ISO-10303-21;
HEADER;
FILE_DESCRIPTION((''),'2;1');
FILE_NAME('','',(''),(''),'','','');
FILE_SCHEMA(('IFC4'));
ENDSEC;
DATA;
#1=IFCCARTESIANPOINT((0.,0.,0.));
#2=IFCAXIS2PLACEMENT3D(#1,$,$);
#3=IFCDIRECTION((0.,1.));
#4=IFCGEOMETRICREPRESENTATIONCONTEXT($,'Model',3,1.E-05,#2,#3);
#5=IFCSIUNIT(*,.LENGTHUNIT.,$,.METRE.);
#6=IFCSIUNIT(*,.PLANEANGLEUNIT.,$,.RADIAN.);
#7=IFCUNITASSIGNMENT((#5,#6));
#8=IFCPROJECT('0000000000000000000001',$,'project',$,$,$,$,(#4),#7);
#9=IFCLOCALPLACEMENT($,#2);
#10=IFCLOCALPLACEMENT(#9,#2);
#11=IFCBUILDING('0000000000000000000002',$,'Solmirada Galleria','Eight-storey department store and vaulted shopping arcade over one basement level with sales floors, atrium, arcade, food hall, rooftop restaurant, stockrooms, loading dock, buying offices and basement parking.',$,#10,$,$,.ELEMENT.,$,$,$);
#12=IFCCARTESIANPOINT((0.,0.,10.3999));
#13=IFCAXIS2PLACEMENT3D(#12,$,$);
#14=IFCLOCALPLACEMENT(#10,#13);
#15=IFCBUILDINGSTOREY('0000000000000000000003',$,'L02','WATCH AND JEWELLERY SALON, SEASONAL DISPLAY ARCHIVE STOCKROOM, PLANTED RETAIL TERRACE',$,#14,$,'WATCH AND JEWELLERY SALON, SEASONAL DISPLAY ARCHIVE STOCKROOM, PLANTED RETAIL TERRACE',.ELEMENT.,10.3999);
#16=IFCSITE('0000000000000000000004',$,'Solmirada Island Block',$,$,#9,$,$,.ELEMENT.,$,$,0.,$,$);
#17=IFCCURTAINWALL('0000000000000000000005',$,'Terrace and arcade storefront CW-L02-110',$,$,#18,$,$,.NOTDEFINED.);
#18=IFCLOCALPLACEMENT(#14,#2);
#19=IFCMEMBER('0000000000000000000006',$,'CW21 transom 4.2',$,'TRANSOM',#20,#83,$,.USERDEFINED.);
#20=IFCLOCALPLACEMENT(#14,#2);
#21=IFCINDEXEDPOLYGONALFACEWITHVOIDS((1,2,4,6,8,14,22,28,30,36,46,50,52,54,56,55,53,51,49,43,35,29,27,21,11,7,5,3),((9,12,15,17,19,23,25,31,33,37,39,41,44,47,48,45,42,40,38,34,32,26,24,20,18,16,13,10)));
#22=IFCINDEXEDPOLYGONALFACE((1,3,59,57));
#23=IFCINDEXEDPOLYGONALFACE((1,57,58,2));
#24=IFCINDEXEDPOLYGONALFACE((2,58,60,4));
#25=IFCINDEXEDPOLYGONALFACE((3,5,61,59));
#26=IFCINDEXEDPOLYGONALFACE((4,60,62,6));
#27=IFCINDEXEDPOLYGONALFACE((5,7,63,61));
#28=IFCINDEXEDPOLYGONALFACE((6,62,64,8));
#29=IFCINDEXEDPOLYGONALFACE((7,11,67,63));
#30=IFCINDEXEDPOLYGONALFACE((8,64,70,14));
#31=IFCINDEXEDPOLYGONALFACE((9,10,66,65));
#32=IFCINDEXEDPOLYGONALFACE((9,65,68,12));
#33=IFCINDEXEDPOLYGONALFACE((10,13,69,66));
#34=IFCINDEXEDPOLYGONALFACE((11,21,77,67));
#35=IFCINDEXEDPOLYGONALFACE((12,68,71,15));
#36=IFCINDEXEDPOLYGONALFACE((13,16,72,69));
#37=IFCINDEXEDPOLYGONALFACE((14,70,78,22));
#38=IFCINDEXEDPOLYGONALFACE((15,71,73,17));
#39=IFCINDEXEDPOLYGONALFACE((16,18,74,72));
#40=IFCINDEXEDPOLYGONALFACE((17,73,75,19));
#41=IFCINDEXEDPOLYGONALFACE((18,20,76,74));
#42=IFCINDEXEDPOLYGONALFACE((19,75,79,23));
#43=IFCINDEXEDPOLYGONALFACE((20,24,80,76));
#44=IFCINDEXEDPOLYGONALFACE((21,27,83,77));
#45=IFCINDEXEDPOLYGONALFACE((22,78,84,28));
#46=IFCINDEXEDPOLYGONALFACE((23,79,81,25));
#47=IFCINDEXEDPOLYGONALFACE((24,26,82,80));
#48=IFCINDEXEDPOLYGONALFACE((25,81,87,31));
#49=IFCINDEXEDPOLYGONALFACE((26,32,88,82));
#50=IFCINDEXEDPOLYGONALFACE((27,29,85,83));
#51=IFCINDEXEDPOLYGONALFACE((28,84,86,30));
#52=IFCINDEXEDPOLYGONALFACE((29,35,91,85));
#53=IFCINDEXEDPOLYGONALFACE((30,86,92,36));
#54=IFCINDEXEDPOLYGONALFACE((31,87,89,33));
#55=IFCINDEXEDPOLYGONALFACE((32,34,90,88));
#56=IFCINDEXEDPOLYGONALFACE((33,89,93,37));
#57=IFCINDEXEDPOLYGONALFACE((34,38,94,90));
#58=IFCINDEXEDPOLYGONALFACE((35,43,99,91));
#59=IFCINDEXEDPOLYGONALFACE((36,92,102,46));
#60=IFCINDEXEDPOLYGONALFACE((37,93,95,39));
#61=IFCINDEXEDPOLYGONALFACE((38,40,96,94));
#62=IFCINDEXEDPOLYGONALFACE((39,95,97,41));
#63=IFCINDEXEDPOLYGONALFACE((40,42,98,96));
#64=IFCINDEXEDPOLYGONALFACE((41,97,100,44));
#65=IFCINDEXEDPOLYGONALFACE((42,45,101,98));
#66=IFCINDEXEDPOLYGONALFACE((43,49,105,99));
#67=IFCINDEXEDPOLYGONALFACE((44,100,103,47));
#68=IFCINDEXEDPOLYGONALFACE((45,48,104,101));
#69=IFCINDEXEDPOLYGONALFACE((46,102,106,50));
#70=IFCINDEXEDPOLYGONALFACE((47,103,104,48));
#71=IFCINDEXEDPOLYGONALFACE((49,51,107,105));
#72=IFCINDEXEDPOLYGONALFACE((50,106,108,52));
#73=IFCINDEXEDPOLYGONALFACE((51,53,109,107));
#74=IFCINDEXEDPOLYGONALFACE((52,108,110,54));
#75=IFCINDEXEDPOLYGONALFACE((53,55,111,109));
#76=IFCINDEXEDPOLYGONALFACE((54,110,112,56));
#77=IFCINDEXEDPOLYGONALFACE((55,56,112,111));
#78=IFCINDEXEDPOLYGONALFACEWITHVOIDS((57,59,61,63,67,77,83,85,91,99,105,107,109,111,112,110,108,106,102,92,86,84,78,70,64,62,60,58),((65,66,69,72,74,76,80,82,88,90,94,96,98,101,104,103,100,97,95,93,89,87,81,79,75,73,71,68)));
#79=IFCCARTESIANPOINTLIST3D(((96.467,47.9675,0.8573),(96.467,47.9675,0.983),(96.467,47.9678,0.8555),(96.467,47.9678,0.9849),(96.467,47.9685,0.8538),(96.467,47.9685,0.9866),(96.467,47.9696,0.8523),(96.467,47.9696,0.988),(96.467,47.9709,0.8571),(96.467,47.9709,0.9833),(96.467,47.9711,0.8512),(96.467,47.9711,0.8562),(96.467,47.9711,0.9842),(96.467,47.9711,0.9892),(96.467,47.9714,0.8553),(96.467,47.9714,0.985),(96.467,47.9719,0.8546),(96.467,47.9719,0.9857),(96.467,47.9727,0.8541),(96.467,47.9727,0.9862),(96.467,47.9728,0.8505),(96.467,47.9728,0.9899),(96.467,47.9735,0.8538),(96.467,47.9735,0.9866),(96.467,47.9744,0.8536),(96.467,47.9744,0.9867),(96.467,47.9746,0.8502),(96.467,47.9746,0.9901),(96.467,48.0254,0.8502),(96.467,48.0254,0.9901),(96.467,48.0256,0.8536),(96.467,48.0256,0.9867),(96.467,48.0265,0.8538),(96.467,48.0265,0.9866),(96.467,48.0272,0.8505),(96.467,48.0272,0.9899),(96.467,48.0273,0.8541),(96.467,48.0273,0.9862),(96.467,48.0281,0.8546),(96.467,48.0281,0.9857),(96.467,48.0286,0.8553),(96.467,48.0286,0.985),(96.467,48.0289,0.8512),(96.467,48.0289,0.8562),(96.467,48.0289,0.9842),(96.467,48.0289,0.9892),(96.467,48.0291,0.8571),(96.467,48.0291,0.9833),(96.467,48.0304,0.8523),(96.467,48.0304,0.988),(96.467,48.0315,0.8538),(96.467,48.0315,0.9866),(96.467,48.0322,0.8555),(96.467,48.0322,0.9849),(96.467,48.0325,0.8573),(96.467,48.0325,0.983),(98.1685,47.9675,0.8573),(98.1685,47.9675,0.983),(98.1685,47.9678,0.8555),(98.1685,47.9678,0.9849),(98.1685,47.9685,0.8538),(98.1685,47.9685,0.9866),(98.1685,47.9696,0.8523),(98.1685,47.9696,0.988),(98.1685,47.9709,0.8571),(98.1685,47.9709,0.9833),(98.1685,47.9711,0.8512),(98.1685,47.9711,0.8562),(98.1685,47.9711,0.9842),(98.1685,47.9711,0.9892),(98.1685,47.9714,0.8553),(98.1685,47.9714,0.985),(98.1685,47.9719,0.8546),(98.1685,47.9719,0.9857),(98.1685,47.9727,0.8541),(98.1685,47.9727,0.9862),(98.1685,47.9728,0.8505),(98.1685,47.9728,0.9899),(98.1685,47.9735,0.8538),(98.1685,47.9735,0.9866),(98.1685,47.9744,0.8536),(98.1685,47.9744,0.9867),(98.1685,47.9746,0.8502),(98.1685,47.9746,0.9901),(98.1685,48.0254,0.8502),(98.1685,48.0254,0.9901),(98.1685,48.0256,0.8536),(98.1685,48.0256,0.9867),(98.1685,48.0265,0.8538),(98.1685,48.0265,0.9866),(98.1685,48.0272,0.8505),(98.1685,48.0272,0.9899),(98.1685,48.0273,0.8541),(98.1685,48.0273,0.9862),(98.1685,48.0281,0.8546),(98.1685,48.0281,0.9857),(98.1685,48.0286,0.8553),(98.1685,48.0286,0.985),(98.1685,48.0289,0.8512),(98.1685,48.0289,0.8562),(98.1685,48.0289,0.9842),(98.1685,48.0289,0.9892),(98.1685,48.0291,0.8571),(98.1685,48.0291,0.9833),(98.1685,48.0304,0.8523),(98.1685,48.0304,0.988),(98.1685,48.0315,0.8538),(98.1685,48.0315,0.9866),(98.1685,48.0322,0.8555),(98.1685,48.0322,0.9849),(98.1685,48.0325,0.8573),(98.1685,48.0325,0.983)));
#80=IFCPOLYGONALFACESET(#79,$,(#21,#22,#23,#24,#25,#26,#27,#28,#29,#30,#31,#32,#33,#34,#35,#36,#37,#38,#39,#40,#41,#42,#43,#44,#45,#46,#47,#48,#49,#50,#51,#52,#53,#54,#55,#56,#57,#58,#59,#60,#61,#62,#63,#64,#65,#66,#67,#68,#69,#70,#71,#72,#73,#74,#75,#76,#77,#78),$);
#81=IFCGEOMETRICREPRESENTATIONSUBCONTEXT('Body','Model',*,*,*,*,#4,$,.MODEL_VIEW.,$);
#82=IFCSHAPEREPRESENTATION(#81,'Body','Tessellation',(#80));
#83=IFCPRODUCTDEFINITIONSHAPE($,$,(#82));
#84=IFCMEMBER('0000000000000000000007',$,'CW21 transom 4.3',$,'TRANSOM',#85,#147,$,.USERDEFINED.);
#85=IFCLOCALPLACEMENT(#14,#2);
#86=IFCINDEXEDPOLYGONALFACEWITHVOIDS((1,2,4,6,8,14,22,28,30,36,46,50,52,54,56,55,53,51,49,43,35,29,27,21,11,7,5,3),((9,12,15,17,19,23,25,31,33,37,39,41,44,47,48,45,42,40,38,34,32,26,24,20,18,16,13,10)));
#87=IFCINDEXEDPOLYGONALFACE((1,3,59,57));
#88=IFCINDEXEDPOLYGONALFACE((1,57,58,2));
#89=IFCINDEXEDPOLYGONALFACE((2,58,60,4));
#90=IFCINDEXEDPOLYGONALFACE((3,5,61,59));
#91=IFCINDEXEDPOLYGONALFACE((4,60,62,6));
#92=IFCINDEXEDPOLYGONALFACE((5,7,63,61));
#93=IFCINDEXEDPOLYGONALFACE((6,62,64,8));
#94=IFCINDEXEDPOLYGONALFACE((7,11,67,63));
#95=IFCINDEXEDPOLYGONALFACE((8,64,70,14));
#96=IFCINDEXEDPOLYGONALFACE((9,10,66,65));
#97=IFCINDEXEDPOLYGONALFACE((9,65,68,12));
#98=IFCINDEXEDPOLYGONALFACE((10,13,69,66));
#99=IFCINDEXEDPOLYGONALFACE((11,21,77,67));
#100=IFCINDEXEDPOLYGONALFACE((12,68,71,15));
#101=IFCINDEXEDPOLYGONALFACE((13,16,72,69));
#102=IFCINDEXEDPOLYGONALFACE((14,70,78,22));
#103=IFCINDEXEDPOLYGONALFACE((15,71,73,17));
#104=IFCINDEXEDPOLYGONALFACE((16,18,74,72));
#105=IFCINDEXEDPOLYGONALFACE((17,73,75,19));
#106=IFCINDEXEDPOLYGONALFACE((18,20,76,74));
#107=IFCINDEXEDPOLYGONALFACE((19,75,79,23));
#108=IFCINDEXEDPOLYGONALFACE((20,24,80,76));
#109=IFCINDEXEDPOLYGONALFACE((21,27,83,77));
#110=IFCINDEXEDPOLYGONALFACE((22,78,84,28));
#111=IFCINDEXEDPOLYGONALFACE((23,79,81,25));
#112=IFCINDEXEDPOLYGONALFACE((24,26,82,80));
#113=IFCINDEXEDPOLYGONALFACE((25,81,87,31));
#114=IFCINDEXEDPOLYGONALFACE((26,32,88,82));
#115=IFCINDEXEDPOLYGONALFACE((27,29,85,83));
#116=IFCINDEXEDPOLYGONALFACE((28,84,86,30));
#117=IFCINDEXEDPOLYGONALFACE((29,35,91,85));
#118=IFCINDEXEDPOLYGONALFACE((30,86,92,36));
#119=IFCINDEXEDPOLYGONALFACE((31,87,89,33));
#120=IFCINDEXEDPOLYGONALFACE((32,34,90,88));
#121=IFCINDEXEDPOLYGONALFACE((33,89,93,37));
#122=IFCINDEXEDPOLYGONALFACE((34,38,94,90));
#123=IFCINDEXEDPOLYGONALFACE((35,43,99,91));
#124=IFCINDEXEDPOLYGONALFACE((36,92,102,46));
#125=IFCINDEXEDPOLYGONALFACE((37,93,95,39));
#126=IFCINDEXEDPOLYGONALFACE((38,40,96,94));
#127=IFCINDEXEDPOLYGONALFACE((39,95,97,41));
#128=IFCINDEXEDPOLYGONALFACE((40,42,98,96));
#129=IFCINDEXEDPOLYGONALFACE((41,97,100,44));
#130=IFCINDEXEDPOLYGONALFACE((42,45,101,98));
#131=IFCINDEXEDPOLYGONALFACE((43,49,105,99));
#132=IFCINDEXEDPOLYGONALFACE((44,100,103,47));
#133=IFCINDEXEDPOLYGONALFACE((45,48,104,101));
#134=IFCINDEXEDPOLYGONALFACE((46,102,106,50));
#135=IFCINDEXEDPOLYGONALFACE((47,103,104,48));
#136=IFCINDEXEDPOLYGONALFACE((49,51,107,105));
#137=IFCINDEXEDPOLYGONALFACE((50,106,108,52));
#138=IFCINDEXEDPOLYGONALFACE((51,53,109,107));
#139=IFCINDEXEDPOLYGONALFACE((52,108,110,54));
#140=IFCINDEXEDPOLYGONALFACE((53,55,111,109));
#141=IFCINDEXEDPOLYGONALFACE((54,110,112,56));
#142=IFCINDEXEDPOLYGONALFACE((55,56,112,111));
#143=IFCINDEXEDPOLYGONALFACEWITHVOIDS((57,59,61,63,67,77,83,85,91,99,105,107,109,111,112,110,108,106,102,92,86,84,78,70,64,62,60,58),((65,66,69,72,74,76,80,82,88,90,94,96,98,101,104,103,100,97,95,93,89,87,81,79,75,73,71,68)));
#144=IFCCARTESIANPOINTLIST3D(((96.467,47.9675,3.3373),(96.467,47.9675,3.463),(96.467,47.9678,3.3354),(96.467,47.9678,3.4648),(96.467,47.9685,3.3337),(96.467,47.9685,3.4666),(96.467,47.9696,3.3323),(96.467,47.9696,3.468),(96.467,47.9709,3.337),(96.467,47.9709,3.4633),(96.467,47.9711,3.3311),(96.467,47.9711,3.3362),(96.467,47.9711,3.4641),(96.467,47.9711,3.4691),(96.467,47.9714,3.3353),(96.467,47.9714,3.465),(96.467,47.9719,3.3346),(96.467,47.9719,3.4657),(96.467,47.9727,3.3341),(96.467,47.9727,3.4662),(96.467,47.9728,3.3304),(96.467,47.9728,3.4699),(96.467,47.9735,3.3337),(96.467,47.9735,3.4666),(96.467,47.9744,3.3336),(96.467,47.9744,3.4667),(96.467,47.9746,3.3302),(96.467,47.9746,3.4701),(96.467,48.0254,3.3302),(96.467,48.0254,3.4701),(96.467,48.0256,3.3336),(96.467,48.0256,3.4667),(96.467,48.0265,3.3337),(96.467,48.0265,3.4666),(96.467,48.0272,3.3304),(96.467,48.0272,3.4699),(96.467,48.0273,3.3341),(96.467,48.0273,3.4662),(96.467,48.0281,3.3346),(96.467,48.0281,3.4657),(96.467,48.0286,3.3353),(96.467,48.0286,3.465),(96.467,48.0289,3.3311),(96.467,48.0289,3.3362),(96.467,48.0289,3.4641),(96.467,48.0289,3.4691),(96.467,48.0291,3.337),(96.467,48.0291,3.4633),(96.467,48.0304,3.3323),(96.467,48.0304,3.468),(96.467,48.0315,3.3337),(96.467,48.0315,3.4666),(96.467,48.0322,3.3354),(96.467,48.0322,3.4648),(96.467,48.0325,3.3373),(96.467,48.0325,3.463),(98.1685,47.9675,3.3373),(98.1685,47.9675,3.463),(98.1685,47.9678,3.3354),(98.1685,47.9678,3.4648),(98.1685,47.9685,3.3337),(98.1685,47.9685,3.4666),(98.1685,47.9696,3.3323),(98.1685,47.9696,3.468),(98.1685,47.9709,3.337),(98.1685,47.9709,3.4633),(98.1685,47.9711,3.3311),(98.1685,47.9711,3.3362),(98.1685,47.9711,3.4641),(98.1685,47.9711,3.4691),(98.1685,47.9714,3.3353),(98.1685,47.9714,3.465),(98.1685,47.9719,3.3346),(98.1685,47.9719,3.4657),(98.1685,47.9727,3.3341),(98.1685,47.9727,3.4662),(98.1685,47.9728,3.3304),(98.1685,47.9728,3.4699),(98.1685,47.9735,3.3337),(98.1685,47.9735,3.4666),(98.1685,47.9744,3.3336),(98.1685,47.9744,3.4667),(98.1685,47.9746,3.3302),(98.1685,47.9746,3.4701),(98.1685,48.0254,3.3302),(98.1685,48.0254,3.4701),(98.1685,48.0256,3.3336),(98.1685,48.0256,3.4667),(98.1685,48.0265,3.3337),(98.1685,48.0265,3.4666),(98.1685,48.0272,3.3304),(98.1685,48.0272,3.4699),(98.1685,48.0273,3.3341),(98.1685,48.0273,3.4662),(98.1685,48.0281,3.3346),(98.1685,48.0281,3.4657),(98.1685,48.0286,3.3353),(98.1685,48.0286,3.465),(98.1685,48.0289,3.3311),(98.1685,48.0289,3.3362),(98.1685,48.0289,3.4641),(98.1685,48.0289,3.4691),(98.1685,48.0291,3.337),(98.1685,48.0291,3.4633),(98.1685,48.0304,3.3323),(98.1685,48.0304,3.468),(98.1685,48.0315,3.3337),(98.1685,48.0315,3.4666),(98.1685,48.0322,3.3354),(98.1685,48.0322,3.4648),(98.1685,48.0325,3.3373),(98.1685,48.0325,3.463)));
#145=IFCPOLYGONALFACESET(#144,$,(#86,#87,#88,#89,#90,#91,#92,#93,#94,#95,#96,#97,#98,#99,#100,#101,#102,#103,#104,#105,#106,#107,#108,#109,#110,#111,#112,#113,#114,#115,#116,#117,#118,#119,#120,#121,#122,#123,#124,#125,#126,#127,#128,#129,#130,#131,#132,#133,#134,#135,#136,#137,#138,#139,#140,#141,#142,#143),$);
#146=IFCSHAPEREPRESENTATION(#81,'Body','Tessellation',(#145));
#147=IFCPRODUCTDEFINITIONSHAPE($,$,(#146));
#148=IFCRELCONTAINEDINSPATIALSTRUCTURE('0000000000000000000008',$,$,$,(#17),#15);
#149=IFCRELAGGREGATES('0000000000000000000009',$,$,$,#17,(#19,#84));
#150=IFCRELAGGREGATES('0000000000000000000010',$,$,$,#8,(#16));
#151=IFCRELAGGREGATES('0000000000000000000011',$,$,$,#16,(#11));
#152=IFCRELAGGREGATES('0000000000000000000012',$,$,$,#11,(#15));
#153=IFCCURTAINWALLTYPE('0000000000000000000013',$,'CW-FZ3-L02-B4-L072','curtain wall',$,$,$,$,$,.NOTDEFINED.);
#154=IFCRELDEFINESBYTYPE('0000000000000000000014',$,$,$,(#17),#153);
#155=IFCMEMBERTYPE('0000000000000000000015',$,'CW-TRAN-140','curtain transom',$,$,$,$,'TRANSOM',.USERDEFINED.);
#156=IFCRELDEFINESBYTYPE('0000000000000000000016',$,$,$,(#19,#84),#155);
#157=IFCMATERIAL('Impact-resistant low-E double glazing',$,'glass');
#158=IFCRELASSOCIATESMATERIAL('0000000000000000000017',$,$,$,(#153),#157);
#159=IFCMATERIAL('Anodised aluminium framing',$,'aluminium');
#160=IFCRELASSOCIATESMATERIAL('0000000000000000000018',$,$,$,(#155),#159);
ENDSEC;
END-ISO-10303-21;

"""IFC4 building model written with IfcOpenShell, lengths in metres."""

from ifc_helpers import new_model, si_unit, direction, frame, origin, origin_2d, place, context, subcontext, project, spatial, hollow_rectangle, extrude, material, material_profile, profile_set, type_object, element, aggregate, save


model = new_model("IFC4")

# Units and contexts
model_context = context("Model", 3, precision=1e-05, world=origin(), true_north=direction((0.0, 1.0)))
body_context = subcontext(model_context, "Body", "Model", "MODEL_VIEW")
ifc_project = project(units=[si_unit("LENGTHUNIT", "METRE"), si_unit("PLANEANGLEUNIT", "RADIAN")], contexts=[model_context])

# Site, building, storey
site_placement = place(None, origin())
site = spatial("IfcSite", under=ifc_project, at=site_placement, Name="Solmirada Island Block", CompositionType="ELEMENT", RefElevation=0.0)
building_placement = place(site_placement, origin())
building = spatial("IfcBuilding", under=site, at=building_placement, Name="Solmirada Galleria", Description="Eight-storey department store and vaulted shopping arcade over one basement level with sales floors, atrium, arcade, food hall, rooftop restaurant, stockrooms, loading dock, buying offices and basement parking.", CompositionType="ELEMENT")
storey_placement = place(building_placement, frame((0.0, 0.0, 10.3999)))
storey = spatial("IfcBuildingStorey", under=building, at=storey_placement, Name="L02", Description="WATCH AND JEWELLERY SALON, SEASONAL DISPLAY ARCHIVE STOCKROOM, PLANTED RETAIL TERRACE", LongName="WATCH AND JEWELLERY SALON, SEASONAL DISPLAY ARCHIVE STOCKROOM, PLANTED RETAIL TERRACE", CompositionType="ELEMENT", Elevation=10.3999)

# Curtain wall, members
ifc_material_1 = material(Name="Impact-resistant low-E double glazing", Category="glass")
curtain_wall_type = type_object("IfcCurtainWallType", Name="CW-FZ3-L02-B4-L072", Description="curtain wall", PredefinedType="NOTDEFINED", material=ifc_material_1)
curtain_wall_placement = place(storey_placement, origin())
curtain_wall = element("IfcCurtainWall", 1, at=curtain_wall_placement, inside=storey, type_object=curtain_wall_type, Name="Terrace and arcade storefront CW-L02-110", PredefinedType="NOTDEFINED")
ifc_material_2 = material(Name="Anodised aluminium framing", Category="aluminium")
ifc_material_profile_1 = material_profile(ifc_material_2, hollow_rectangle(XDim=0.0649, YDim=0.1399, WallThickness=0.0034, InnerFilletRadius=0.0034, OuterFilletRadius=0.0071, at=origin_2d()), Name="ALU-TRAN-140X65")
ifc_profile_set_1 = profile_set([ifc_material_profile_1], Name="Anodised aluminium framing")
member_type_1 = type_object("IfcMemberType", Name="CW-TRAN-140", Description="curtain transom", ElementType="TRANSOM", PredefinedType="USERDEFINED", material=ifc_profile_set_1)
member_1_placement = place(storey_placement, frame((98.1685, 48.0, 0.9202), z_axis=(-1.0, 0.0, 0.0), x_axis=(0.0, -1.0, 0.0)))
member_1 = element("IfcMember", 2, at=member_1_placement, type_object=member_type_1, Name="CW21 transom 4.2", ObjectType="TRANSOM", PredefinedType="USERDEFINED", context=body_context, shape_type="SweptSolid", body=[
    extrude(hollow_rectangle(XDim=0.0649, YDim=0.1399, WallThickness=0.0034, InnerFilletRadius=0.0034, OuterFilletRadius=0.0071, at=origin_2d()), origin(), (0.0, 0.0, 1.0), 1.7014),
])
member_2_placement = place(storey_placement, frame((98.1685, 48.0, 3.4001), z_axis=(-1.0, 0.0, 0.0), x_axis=(0.0, -1.0, 0.0)))
member_2 = element("IfcMember", 3, at=member_2_placement, type_object=member_type_1, Name="CW21 transom 4.3", ObjectType="TRANSOM", PredefinedType="USERDEFINED", context=body_context, shape_type="SweptSolid", body=[
    extrude(hollow_rectangle(XDim=0.0649, YDim=0.1399, WallThickness=0.0034, InnerFilletRadius=0.0034, OuterFilletRadius=0.0071, at=origin_2d()), origin(), (0.0, 0.0, 1.0), 1.7014),
])
aggregate(curtain_wall, [member_1, member_2])

save(model, "model.ifc")
